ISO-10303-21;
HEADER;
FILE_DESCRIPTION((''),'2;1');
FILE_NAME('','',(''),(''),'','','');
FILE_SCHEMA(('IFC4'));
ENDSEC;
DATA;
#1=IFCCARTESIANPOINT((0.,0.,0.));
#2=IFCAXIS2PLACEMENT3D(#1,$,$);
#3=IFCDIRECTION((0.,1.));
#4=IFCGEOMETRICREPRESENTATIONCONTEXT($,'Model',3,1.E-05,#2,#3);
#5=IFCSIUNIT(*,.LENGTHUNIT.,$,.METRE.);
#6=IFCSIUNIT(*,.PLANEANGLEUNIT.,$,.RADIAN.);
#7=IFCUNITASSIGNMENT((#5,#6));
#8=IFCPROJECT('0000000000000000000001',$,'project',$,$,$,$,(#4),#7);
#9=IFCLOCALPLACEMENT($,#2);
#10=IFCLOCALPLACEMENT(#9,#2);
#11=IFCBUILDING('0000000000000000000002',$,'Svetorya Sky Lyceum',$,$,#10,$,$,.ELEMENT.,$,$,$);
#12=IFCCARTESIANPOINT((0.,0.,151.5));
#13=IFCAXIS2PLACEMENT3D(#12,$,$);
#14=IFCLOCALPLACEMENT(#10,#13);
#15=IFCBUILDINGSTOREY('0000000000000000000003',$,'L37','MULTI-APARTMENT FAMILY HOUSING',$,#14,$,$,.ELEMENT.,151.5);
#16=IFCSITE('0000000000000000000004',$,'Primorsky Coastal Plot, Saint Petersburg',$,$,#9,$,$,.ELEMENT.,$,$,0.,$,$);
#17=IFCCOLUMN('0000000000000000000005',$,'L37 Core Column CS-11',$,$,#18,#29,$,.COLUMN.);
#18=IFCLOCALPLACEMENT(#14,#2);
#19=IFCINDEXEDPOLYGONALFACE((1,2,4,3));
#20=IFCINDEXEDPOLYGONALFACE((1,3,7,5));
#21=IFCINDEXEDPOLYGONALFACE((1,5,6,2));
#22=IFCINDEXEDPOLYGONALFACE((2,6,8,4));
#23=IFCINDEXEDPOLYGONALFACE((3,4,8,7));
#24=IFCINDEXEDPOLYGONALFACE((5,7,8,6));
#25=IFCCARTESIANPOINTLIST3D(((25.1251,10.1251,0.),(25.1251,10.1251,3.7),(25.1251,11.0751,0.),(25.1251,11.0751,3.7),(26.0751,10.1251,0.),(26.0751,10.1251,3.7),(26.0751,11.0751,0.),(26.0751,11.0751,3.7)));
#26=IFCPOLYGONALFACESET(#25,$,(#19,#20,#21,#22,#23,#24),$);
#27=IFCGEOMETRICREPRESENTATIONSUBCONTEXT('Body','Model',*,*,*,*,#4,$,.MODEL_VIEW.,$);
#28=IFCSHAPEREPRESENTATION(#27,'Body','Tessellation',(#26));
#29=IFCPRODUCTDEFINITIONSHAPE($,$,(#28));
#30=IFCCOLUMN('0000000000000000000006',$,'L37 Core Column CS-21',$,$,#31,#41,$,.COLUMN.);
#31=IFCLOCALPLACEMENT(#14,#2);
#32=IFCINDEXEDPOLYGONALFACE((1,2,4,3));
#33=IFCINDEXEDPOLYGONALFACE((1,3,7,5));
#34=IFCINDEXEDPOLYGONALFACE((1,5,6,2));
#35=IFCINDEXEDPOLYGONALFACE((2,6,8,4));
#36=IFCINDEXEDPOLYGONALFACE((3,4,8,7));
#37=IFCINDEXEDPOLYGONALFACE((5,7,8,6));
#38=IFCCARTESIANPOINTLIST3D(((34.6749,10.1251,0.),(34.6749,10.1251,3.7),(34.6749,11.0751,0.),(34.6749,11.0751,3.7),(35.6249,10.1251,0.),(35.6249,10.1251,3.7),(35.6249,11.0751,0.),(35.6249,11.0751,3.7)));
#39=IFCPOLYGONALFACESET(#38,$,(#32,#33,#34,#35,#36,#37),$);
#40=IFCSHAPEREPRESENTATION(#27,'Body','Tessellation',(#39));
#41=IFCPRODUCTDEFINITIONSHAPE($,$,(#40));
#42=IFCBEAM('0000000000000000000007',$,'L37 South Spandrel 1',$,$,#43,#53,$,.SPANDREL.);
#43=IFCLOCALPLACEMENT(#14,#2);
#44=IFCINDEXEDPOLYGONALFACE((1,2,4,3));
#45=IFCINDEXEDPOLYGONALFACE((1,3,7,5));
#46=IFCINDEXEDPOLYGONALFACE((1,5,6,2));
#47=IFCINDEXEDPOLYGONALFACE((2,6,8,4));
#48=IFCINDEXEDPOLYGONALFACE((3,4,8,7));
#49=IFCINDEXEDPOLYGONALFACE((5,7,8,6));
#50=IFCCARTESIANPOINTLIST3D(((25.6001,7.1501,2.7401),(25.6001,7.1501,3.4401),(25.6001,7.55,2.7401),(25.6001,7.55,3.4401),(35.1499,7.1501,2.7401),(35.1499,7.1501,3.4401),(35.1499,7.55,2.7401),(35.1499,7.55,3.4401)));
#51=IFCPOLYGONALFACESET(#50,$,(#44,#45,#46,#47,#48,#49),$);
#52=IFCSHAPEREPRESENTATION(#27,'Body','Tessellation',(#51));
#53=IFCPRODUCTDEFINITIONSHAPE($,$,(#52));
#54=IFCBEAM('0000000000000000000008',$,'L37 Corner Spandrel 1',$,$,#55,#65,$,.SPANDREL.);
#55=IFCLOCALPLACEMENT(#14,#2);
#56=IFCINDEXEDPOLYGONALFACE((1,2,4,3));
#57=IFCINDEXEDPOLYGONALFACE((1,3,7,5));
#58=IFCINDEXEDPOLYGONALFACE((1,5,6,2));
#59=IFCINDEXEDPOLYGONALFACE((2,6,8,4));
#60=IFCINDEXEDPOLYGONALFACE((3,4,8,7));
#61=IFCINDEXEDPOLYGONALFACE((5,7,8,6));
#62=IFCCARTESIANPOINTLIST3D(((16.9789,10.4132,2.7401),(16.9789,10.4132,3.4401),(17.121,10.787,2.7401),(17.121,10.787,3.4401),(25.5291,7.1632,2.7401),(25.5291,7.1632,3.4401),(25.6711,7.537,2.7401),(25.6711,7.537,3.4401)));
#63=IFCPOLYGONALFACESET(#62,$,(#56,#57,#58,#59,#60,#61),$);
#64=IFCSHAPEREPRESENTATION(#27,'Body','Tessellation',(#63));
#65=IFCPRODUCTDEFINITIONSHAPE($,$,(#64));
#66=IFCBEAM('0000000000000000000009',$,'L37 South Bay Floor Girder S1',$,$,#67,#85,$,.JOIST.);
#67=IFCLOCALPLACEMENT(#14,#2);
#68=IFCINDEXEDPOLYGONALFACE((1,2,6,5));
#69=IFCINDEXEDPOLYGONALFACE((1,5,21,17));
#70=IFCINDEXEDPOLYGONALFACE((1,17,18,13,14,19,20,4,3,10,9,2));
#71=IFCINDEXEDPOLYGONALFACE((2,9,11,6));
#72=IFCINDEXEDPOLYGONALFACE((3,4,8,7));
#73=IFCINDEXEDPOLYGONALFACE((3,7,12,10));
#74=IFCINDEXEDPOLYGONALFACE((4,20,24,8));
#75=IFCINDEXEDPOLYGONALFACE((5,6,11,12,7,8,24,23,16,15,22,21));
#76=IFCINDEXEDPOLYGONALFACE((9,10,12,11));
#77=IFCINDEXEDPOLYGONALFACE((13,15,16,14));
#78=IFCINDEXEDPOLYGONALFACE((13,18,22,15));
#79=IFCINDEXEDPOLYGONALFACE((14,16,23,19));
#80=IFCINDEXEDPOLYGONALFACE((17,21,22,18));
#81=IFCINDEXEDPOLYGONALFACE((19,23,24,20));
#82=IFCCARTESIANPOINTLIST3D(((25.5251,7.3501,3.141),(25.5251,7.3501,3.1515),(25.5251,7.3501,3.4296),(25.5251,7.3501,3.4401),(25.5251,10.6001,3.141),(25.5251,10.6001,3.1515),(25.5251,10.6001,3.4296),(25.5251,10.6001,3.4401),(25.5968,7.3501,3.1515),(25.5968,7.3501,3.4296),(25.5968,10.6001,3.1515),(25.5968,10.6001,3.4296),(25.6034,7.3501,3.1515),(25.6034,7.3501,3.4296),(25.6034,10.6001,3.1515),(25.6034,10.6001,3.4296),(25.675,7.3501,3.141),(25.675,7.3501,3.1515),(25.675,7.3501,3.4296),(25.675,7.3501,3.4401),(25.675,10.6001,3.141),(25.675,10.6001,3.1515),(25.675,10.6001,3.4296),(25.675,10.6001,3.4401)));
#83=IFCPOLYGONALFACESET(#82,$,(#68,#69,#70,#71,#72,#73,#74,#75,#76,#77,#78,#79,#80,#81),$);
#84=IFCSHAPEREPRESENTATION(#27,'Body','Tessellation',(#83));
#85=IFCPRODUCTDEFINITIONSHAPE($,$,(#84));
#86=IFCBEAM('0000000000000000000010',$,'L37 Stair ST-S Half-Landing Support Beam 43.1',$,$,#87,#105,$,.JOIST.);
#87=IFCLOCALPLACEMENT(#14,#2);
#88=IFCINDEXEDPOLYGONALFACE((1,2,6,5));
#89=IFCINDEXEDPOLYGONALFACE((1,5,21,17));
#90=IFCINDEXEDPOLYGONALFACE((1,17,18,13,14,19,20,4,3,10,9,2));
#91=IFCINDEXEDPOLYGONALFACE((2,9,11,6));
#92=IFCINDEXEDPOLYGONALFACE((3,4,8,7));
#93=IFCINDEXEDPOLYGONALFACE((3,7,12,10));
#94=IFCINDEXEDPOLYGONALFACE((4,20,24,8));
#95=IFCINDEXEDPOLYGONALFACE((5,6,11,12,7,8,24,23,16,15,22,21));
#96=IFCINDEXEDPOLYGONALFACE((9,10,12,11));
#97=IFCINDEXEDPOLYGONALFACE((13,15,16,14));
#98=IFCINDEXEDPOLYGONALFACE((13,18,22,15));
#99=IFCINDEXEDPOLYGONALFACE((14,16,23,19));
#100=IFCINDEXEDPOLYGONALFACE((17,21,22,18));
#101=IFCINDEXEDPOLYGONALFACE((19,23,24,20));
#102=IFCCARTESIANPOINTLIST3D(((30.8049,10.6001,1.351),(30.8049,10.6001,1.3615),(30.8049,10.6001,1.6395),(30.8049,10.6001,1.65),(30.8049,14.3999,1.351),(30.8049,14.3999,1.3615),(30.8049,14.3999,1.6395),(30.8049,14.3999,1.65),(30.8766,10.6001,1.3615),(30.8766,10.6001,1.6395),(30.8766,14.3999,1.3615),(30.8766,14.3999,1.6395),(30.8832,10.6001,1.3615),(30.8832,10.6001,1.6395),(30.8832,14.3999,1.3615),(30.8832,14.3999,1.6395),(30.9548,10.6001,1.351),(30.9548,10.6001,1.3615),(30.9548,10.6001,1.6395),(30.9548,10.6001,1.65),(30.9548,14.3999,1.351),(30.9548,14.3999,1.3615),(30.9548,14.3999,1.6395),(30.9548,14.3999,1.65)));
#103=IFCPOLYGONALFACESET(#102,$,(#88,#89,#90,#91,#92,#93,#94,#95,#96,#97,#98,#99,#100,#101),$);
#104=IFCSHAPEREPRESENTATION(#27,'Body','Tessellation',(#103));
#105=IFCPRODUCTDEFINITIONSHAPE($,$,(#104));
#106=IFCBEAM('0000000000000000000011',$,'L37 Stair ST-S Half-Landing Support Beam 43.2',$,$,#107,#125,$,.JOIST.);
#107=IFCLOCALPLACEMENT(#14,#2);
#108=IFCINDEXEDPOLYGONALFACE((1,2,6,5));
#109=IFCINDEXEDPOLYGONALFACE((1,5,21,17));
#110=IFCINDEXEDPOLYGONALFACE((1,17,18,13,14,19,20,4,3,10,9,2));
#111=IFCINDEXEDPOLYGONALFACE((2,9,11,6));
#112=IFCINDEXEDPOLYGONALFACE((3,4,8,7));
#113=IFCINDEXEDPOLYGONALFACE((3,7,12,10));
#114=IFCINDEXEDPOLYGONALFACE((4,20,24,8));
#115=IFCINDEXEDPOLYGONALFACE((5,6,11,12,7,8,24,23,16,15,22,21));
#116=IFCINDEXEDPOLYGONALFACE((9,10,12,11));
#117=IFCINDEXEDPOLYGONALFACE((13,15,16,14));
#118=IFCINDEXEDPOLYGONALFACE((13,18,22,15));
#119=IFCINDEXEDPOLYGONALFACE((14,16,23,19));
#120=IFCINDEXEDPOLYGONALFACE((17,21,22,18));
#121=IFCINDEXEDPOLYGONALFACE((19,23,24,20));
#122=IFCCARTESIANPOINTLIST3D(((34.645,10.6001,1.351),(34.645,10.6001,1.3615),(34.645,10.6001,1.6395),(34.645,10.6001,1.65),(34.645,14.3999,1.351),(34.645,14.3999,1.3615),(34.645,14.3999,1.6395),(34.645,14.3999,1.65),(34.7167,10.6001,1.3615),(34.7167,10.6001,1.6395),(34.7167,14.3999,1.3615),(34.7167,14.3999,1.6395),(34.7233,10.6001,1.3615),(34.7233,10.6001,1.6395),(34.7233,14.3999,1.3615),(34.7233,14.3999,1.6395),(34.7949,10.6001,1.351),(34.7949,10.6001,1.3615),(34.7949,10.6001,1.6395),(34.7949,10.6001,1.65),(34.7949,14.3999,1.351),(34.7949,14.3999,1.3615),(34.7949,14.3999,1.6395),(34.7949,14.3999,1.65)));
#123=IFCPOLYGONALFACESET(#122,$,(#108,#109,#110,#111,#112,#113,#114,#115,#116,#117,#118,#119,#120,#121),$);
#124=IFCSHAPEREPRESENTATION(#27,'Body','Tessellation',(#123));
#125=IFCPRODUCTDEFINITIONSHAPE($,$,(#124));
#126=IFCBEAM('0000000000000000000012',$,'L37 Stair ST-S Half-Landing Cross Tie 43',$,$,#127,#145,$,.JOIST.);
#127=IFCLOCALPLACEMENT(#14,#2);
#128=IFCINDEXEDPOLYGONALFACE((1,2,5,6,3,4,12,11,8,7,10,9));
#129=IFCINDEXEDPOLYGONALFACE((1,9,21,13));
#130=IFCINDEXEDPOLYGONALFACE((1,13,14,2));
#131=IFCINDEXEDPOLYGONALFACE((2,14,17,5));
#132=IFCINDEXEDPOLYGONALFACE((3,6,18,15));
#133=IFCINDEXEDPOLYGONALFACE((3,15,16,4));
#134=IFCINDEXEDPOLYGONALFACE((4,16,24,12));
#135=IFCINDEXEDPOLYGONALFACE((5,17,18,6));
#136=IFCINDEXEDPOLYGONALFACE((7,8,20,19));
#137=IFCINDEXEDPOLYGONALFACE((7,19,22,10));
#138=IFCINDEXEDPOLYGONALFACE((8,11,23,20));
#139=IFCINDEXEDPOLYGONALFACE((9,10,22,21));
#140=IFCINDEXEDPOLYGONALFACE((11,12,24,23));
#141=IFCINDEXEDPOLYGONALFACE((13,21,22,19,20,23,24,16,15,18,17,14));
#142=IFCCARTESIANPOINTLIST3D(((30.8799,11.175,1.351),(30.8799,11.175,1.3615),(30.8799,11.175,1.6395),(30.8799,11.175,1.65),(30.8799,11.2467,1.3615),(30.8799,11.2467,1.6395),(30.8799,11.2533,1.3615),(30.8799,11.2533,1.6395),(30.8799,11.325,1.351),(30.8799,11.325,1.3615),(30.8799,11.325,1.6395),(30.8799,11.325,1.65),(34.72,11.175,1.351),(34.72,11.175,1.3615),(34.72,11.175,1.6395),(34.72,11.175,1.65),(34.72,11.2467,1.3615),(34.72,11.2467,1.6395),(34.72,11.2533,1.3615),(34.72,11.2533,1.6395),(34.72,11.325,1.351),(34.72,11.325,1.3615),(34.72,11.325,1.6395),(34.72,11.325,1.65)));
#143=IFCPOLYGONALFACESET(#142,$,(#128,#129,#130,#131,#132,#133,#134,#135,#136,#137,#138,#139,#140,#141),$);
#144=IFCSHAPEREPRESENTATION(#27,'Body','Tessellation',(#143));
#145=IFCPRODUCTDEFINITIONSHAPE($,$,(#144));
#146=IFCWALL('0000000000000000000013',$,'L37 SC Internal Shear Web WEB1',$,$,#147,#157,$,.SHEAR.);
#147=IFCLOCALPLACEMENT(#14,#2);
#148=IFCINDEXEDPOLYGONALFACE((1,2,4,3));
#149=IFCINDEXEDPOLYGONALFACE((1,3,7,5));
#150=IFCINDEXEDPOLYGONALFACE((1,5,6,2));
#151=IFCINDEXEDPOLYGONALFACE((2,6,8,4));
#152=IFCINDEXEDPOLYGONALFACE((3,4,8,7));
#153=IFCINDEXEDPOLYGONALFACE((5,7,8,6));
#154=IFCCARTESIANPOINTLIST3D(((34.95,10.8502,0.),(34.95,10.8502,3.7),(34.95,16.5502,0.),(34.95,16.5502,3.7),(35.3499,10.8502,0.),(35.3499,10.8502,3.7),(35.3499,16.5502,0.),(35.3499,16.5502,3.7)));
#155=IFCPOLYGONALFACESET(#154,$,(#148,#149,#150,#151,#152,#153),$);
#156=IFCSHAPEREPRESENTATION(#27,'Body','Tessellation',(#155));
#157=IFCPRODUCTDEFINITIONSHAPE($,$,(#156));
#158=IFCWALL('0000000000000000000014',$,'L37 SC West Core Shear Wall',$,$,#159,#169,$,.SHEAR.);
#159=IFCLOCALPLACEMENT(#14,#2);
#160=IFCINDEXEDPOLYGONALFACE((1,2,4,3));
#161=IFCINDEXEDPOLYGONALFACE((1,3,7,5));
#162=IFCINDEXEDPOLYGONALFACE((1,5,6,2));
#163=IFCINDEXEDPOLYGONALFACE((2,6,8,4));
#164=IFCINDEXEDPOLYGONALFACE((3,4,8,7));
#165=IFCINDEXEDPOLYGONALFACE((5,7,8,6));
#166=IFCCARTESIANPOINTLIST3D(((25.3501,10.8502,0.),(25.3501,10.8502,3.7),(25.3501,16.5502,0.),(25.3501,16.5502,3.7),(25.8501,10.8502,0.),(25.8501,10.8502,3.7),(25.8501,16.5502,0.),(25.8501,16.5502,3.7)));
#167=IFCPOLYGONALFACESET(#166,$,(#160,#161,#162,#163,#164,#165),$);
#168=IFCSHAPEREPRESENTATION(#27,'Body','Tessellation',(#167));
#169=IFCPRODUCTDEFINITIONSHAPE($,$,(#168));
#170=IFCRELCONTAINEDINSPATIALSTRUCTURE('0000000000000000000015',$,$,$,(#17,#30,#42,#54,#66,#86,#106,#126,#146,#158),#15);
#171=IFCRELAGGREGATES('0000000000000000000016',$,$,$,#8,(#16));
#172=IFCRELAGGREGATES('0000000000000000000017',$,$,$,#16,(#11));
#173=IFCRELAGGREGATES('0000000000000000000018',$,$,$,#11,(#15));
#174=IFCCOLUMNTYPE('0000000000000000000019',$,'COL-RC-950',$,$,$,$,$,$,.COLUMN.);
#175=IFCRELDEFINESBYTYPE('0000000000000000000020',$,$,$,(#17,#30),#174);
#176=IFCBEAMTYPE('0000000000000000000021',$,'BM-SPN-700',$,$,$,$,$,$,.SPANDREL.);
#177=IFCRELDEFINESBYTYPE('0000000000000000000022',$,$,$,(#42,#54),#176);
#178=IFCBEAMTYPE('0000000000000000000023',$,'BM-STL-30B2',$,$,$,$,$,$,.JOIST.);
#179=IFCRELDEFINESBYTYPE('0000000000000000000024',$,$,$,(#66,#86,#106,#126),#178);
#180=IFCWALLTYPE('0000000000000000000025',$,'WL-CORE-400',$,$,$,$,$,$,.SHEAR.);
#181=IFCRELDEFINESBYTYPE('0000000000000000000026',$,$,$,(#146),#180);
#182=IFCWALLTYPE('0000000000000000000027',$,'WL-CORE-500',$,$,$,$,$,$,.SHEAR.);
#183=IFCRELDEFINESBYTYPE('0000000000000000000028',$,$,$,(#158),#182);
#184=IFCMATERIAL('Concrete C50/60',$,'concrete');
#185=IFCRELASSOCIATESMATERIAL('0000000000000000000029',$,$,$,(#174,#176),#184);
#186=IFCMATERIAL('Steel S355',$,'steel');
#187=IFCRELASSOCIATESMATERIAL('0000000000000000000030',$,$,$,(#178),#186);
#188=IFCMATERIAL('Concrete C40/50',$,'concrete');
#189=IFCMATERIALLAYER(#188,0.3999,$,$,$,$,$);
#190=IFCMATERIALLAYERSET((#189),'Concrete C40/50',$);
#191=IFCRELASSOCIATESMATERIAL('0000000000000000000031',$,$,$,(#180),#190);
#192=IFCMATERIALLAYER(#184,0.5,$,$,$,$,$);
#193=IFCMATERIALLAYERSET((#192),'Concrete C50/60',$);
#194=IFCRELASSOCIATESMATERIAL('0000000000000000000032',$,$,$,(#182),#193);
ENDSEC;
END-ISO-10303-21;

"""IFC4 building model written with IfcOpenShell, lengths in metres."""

from ifc_helpers import new_model, si_unit, direction, frame, frame_2d, origin, origin_2d, place, context, subcontext, project, spatial, rectangle, i_section, extrude, material, layer, layer_set, material_profile, profile_set, type_object, element, save


model = new_model("IFC4")

# Units and contexts
model_context = context("Model", 3, precision=1e-05, world=origin(), true_north=direction((0.0, 1.0)))
body_context = subcontext(model_context, "Body", "Model", "MODEL_VIEW")
ifc_project = project(units=[si_unit("LENGTHUNIT", "METRE"), si_unit("PLANEANGLEUNIT", "RADIAN")], contexts=[model_context])

# Site, building, storey
site_placement = place(None, origin())
site = spatial("IfcSite", under=ifc_project, at=site_placement, Name="Primorsky Coastal Plot, Saint Petersburg", CompositionType="ELEMENT", RefElevation=0.0)
building_placement = place(site_placement, origin())
building = spatial("IfcBuilding", under=site, at=building_placement, Name="Svetorya Sky Lyceum", CompositionType="ELEMENT")
storey_placement = place(building_placement, frame((0.0, 0.0, 151.5)))
storey = spatial("IfcBuildingStorey", under=building, at=storey_placement, Name="L37", Description="MULTI-APARTMENT FAMILY HOUSING", CompositionType="ELEMENT", Elevation=151.5)

# Columns
ifc_material_1 = material(Name="Concrete C50/60", Category="concrete")
ifc_material_profile_1 = material_profile(ifc_material_1, rectangle(XDim=0.95, YDim=0.95, at=origin_2d()), Name="RC COL 950x950")
ifc_profile_set_1 = profile_set([ifc_material_profile_1], Name="Concrete C50/60")
column_type = type_object("IfcColumnType", Name="COL-RC-950", PredefinedType="COLUMN", material=ifc_profile_set_1)
for number, where, z_axis, x_axis, name in (
    (1, (25.6001, 10.6001, 0.0), (0.0, 0.0, 1.0), (1.0, 0.0, 0.0), "L37 Core Column CS-11"),
    (2, (35.1499, 10.6001, 0.0), (0.0, 0.0, 1.0), (1.0, 0.0, 0.0), "L37 Core Column CS-21"),
):
    element("IfcColumn", number, at=place(storey_placement, frame(where, z_axis=z_axis, x_axis=x_axis)), inside=storey, type_object=column_type, Name=name, PredefinedType="COLUMN", context=body_context, shape_type="SweptSolid", body=[
        extrude(rectangle(XDim=0.95, YDim=0.95, at=origin_2d()), origin(), (0.0, 0.0, 1.0), 3.7),
    ])

# Beams
ifc_material_profile_2 = material_profile(ifc_material_1, rectangle(XDim=0.3999, YDim=0.7, at=origin_2d()), Name="RC SPANDREL 400x700")
ifc_profile_set_2 = profile_set([ifc_material_profile_2], Name="Concrete C50/60")
beam_type_1 = type_object("IfcBeamType", Name="BM-SPN-700", PredefinedType="SPANDREL", material=ifc_profile_set_2)
beam_1_placement = place(storey_placement, frame((25.6001, 7.3501, 3.0901), z_axis=(1.0, 0.0, 0.0), x_axis=(0.0, 1.0, 0.0)))
element("IfcBeam", 3, at=beam_1_placement, inside=storey, type_object=beam_type_1, Name="L37 South Spandrel 1", PredefinedType="SPANDREL", context=body_context, shape_type="SweptSolid", body=[
    extrude(rectangle(XDim=0.3999, YDim=0.7, at=origin_2d()), origin(), (0.0, 0.0, 1.0), 9.5498),
])
beam_2_placement = place(storey_placement, frame((25.6001, 7.3501, 3.0901), z_axis=(-0.934748, 0.355312, 0.0), x_axis=(-0.355312, -0.934748, 0.0)))
element("IfcBeam", 4, at=beam_2_placement, inside=storey, type_object=beam_type_1, Name="L37 Corner Spandrel 1", PredefinedType="SPANDREL", context=body_context, shape_type="SweptSolid", body=[
    extrude(rectangle(XDim=0.3999, YDim=0.7, at=origin_2d()), origin(), (0.0, 0.0, 1.0), 9.147),
])
ifc_material_2 = material(Name="Steel S355", Category="steel")
ifc_material_profile_3 = material_profile(ifc_material_2, i_section(OverallWidth=0.1499, OverallDepth=0.2991, WebThickness=0.0066, FlangeThickness=0.0105, at=origin_2d()), Name="GOST 30B2")
ifc_profile_set_3 = profile_set([ifc_material_profile_3], Name="Steel S355")
beam_type_2 = type_object("IfcBeamType", Name="BM-STL-30B2", PredefinedType="JOIST", material=ifc_profile_set_3)
beam_3_placement = place(storey_placement, frame((25.6001, 7.3501, 3.2905), z_axis=(0.0, 1.0, 0.0), x_axis=(-1.0, 0.0, 0.0)))
element("IfcBeam", 5, at=beam_3_placement, inside=storey, type_object=beam_type_2, Name="L37 South Bay Floor Girder S1", PredefinedType="JOIST", context=body_context, shape_type="SweptSolid", body=[
    extrude(i_section(OverallWidth=0.1499, OverallDepth=0.2991, WebThickness=0.0066, FlangeThickness=0.0105, at=origin_2d()), origin(), (0.0, 0.0, 1.0), 3.25),
])
for number, where, z_axis, x_axis, name in (
    (6, (30.8799, 10.6001, 1.5005), (0.0, 1.0, 0.0), (-1.0, 0.0, 0.0), "L37 Stair ST-S Half-Landing Support Beam 43.1"),
    (7, (34.72, 10.6001, 1.5005), (0.0, 1.0, 0.0), (-1.0, 0.0, 0.0), "L37 Stair ST-S Half-Landing Support Beam 43.2"),
):
    element("IfcBeam", number, at=place(storey_placement, frame(where, z_axis=z_axis, x_axis=x_axis)), inside=storey, type_object=beam_type_2, Name=name, PredefinedType="JOIST", context=body_context, shape_type="SweptSolid", body=[
        extrude(i_section(OverallWidth=0.1499, OverallDepth=0.2991, WebThickness=0.0066, FlangeThickness=0.0105, at=origin_2d()), origin(), (0.0, 0.0, 1.0), 3.7998),
    ])
beam_4_placement = place(storey_placement, frame((30.8799, 11.25, 1.5005), z_axis=(1.0, 0.0, 0.0), x_axis=(0.0, 1.0, 0.0)))
element("IfcBeam", 8, at=beam_4_placement, inside=storey, type_object=beam_type_2, Name="L37 Stair ST-S Half-Landing Cross Tie 43", PredefinedType="JOIST", context=body_context, shape_type="SweptSolid", body=[
    extrude(i_section(OverallWidth=0.1499, OverallDepth=0.2991, WebThickness=0.0066, FlangeThickness=0.0105, at=origin_2d()), origin(), (0.0, 0.0, 1.0), 3.8401),
])

# Walls
ifc_material_3 = material(Name="Concrete C40/50", Category="concrete")
ifc_layer_1 = layer(ifc_material_3, 0.3999)
ifc_layer_set_1 = layer_set([ifc_layer_1], Name="Concrete C40/50")
wall_type_1 = type_object("IfcWallType", Name="WL-CORE-400", PredefinedType="SHEAR", material=ifc_layer_set_1)
wall_1_placement = place(storey_placement, frame((35.1499, 10.8501, 0.0), z_axis=(0.0, 0.0, 1.0), x_axis=(0.0, 1.0, 0.0)))
element("IfcWall", 9, at=wall_1_placement, inside=storey, type_object=wall_type_1, Name="L37 SC Internal Shear Web WEB1", PredefinedType="SHEAR", context=body_context, shape_type="SweptSolid", body=[
    extrude(rectangle(XDim=5.7, YDim=0.3999, at=frame_2d((2.8501, 0.0))), origin(), (0.0, 0.0, 1.0), 3.7),
])
ifc_layer_2 = layer(ifc_material_1, 0.5)
ifc_layer_set_2 = layer_set([ifc_layer_2], Name="Concrete C50/60")
wall_type_2 = type_object("IfcWallType", Name="WL-CORE-500", PredefinedType="SHEAR", material=ifc_layer_set_2)
wall_2_placement = place(storey_placement, frame((25.6001, 10.8501, 0.0), z_axis=(0.0, 0.0, 1.0), x_axis=(0.0, 1.0, 0.0)))
element("IfcWall", 10, at=wall_2_placement, inside=storey, type_object=wall_type_2, Name="L37 SC West Core Shear Wall", PredefinedType="SHEAR", context=body_context, shape_type="SweptSolid", body=[
    extrude(rectangle(XDim=5.7, YDim=0.5, at=frame_2d((2.8501, 0.0))), origin(), (0.0, 0.0, 1.0), 3.7),
])

save(model, "model.ifc")
